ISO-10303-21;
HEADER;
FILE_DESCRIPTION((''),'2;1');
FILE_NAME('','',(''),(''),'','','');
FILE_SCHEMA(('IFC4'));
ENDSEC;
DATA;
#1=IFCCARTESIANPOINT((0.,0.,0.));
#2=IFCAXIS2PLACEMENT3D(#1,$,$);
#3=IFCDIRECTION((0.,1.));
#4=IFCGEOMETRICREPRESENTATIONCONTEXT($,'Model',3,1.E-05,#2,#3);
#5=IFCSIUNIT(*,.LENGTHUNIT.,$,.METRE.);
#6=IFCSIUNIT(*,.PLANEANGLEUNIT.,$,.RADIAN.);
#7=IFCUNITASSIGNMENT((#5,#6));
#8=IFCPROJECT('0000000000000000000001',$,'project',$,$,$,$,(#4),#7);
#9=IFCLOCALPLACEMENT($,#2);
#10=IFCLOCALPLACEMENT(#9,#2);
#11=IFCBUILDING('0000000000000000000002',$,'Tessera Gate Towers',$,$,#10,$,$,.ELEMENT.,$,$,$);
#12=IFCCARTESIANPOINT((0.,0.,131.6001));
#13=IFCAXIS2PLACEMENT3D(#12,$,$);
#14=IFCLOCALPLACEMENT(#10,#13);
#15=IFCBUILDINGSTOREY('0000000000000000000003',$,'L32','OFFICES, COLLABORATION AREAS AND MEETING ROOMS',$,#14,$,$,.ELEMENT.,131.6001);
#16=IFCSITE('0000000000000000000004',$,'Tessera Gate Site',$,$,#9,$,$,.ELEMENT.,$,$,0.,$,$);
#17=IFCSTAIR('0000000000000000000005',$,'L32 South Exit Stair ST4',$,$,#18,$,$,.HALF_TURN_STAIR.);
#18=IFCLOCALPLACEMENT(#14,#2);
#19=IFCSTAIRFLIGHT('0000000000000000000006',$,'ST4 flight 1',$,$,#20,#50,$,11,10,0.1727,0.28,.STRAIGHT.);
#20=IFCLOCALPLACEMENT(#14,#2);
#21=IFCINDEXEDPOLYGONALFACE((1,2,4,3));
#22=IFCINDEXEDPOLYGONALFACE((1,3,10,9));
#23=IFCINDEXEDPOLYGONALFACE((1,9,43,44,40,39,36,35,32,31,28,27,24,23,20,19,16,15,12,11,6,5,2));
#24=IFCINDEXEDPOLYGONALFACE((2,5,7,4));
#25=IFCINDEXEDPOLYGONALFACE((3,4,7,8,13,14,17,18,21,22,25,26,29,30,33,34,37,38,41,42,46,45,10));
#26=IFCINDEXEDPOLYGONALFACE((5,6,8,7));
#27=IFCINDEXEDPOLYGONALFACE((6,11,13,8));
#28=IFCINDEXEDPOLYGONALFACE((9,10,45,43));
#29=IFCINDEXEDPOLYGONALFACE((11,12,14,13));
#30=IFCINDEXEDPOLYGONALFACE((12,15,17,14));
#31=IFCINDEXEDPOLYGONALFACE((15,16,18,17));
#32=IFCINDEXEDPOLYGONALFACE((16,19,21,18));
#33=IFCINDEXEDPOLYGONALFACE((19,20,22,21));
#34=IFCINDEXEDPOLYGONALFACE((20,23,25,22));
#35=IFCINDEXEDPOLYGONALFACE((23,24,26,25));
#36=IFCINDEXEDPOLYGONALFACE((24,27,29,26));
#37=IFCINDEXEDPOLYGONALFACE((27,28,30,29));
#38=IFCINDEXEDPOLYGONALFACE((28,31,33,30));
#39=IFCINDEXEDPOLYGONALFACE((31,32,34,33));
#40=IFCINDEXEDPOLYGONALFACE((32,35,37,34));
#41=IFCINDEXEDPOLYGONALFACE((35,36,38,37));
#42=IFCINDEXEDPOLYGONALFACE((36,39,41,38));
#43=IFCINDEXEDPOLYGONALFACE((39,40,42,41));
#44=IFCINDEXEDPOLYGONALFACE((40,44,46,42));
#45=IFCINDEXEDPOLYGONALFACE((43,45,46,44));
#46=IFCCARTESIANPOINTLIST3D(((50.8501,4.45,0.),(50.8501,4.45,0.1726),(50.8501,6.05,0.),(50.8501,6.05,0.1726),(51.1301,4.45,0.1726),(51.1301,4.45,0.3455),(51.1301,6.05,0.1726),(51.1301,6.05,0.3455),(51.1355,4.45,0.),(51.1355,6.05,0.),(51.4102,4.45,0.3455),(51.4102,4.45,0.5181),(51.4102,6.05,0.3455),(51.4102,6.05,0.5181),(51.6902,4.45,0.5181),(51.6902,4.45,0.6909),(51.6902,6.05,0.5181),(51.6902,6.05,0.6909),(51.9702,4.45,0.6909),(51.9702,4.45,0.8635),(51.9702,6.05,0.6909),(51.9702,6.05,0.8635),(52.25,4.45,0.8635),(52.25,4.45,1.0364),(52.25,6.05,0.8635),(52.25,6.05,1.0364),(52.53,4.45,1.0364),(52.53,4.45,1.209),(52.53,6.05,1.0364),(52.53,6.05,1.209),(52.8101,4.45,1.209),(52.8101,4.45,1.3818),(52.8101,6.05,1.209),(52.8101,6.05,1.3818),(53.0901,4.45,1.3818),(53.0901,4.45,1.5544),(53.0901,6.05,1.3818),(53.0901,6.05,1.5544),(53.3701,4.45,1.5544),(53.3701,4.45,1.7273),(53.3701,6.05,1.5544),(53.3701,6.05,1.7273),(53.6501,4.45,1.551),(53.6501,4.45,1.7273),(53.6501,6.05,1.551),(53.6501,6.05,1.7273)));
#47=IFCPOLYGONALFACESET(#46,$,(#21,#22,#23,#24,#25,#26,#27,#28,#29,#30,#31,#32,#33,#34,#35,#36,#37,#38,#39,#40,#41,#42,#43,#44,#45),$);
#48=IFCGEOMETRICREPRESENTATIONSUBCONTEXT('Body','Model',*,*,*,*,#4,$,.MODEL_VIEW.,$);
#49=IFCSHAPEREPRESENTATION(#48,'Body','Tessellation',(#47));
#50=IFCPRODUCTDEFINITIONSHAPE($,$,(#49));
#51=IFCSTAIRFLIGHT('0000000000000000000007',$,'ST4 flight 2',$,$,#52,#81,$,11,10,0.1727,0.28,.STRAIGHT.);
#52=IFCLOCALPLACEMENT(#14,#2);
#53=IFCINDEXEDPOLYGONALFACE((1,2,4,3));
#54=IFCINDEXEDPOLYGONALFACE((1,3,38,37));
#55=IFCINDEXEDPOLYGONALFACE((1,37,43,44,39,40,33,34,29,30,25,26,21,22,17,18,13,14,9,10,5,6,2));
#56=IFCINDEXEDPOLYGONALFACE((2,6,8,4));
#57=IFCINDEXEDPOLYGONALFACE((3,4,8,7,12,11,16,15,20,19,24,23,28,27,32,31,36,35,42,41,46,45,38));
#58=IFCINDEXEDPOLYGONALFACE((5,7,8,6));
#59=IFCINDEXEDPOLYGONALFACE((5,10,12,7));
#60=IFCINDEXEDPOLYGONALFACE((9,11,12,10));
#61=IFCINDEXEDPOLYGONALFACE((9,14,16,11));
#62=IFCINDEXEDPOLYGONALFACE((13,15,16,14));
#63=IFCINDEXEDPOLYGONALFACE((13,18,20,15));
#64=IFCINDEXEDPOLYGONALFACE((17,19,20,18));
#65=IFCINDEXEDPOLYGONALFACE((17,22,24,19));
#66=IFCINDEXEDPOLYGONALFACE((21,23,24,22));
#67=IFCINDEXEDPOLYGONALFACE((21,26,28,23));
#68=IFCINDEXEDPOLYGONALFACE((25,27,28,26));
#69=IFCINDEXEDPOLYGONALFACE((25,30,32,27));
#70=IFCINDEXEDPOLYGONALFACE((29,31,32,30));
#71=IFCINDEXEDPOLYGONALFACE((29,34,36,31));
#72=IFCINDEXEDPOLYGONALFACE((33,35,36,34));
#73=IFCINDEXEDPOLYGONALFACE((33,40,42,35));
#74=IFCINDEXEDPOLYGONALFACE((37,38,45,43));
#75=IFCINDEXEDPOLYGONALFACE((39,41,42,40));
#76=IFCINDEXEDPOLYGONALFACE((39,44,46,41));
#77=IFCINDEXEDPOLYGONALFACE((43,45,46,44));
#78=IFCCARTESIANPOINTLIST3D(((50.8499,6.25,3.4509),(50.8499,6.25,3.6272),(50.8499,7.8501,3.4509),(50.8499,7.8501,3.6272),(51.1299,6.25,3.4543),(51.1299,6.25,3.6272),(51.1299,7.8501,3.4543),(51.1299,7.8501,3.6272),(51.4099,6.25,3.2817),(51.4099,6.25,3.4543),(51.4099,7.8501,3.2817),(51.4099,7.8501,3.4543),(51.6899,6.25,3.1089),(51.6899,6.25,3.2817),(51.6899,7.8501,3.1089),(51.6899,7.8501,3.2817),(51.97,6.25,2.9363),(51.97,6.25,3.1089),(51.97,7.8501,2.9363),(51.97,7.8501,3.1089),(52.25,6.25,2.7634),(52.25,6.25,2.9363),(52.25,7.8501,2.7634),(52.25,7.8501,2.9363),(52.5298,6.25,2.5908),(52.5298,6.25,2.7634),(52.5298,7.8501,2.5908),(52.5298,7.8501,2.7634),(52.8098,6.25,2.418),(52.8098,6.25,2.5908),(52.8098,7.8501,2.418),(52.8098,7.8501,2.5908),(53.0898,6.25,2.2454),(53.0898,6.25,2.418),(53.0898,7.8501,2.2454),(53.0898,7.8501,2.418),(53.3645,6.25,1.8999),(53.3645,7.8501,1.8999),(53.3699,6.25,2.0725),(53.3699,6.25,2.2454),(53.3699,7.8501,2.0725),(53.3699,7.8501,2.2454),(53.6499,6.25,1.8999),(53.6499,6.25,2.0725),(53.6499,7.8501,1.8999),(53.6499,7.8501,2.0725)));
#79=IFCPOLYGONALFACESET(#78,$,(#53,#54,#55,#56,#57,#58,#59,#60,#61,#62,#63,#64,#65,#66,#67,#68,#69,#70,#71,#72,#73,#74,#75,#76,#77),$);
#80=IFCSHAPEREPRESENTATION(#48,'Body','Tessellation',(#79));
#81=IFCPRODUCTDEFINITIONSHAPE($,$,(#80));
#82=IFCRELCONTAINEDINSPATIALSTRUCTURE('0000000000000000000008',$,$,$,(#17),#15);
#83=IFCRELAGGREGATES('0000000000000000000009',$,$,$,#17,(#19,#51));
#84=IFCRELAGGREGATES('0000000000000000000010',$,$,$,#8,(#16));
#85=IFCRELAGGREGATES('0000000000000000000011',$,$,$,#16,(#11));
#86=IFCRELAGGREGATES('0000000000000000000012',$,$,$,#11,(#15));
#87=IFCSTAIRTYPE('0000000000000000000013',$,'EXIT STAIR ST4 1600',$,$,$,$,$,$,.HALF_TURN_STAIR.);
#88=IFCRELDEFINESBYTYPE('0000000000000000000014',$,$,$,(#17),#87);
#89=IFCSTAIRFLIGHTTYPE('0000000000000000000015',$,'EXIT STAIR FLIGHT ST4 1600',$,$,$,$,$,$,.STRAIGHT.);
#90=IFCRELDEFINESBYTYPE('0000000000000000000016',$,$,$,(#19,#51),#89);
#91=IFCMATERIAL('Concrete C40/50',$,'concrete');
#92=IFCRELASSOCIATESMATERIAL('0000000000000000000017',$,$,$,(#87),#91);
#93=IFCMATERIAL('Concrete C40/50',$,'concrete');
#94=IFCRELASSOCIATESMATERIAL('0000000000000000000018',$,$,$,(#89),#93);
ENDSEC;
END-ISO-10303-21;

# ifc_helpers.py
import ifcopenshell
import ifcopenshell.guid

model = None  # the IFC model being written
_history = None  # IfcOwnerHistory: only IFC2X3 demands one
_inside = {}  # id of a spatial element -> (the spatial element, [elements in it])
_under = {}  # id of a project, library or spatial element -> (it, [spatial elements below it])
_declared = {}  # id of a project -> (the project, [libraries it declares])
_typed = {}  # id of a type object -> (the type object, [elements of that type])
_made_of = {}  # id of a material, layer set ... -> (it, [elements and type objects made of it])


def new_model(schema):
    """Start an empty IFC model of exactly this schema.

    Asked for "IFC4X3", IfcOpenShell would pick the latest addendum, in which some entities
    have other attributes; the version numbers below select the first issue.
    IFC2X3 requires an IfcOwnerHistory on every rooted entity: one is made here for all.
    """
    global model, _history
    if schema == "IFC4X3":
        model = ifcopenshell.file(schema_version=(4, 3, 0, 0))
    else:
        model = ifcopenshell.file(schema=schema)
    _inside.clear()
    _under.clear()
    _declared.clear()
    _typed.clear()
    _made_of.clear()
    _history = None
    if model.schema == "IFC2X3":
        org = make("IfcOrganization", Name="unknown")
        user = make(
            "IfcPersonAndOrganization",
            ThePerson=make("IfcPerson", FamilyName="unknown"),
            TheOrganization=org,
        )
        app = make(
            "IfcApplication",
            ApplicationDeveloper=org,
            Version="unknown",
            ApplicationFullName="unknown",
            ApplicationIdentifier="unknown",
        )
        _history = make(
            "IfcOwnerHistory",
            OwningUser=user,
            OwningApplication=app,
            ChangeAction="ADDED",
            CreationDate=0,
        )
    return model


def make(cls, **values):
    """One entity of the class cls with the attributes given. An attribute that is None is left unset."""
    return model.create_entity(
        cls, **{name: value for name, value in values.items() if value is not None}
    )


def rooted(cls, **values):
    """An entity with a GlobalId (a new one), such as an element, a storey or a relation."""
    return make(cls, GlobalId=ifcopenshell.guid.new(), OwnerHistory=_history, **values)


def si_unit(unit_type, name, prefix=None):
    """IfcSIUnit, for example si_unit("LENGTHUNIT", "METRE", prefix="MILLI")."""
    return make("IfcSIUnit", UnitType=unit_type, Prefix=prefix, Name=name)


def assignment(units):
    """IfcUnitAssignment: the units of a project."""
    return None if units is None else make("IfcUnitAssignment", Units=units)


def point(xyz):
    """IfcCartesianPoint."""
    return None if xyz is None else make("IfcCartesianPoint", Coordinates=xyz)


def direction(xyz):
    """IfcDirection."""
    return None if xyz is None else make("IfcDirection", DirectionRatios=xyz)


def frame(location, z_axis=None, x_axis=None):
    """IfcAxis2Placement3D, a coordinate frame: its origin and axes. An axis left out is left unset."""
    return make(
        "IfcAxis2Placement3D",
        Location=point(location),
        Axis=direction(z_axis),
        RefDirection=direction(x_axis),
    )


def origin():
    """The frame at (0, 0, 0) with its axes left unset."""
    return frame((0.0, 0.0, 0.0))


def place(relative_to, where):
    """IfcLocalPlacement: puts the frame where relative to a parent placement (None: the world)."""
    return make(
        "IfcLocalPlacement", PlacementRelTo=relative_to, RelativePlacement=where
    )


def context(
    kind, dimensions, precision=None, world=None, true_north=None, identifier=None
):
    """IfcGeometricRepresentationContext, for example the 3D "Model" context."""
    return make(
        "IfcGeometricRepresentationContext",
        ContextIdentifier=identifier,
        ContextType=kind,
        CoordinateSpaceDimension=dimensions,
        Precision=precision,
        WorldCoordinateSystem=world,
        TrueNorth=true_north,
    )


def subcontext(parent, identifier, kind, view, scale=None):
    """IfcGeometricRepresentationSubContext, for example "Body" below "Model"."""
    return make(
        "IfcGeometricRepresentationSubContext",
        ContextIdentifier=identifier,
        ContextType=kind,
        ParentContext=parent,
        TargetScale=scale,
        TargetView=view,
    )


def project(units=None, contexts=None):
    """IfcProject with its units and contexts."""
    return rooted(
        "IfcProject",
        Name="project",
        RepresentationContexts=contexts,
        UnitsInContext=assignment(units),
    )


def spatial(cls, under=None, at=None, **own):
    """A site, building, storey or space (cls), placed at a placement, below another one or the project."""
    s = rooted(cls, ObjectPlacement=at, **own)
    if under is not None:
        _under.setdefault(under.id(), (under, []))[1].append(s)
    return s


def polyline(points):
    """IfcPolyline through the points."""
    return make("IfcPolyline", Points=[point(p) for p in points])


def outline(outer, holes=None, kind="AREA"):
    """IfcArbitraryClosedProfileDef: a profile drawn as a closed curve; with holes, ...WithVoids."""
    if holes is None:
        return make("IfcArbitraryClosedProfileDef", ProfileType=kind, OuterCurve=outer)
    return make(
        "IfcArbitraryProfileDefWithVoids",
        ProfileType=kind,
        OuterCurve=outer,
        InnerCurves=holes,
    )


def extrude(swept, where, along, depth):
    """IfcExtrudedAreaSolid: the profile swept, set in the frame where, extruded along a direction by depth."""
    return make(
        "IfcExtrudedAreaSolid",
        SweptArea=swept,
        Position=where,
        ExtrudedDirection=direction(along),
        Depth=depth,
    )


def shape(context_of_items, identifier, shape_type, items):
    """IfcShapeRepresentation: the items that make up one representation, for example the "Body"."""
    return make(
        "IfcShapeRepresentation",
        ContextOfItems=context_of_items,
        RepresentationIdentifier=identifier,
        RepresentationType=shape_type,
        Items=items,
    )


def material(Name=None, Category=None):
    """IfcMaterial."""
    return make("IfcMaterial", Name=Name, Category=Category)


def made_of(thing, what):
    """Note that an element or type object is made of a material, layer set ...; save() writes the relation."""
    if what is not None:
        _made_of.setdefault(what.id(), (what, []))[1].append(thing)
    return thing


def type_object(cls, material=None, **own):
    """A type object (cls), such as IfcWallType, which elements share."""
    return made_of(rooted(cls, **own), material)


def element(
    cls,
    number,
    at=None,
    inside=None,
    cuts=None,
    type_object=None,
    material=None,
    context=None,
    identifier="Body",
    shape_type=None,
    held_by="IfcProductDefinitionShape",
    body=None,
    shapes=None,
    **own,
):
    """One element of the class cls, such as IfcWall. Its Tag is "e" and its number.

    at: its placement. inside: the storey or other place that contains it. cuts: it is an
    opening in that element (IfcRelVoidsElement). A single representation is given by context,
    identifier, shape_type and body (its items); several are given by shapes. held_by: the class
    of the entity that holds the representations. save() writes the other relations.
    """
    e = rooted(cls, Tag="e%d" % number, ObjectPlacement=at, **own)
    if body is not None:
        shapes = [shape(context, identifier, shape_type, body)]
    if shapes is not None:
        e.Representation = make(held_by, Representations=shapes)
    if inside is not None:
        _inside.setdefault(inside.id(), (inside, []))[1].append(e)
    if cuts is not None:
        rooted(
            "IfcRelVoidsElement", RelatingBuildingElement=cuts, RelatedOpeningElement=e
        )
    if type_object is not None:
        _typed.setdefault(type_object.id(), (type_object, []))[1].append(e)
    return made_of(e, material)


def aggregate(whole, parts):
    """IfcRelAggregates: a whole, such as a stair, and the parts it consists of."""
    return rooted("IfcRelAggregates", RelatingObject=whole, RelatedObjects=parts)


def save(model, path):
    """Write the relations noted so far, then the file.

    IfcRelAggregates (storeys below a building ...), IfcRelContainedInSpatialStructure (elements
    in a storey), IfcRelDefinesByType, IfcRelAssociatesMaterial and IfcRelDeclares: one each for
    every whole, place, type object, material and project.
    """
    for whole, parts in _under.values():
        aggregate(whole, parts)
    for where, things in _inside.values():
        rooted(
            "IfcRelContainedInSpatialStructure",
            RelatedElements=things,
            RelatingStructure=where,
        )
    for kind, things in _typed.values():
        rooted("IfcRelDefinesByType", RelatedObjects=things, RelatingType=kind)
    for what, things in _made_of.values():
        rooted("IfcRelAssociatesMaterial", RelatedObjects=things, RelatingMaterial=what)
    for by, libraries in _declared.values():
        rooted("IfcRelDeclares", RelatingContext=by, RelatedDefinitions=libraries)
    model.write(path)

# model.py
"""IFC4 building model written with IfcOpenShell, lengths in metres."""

from ifc_helpers import new_model, si_unit, direction, frame, origin, place, context, subcontext, project, spatial, polyline, outline, extrude, material, type_object, element, aggregate, save


model = new_model("IFC4")

# Units and contexts
model_context = context("Model", 3, precision=1e-05, world=origin(), true_north=direction((0.0, 1.0)))
body_context = subcontext(model_context, "Body", "Model", "MODEL_VIEW")
ifc_project = project(units=[si_unit("LENGTHUNIT", "METRE"), si_unit("PLANEANGLEUNIT", "RADIAN")], contexts=[model_context])

# Site, building, storey
site_placement = place(None, origin())
site = spatial("IfcSite", under=ifc_project, at=site_placement, Name="Tessera Gate Site", CompositionType="ELEMENT", RefElevation=0.0)
building_placement = place(site_placement, origin())
building = spatial("IfcBuilding", under=site, at=building_placement, Name="Tessera Gate Towers", CompositionType="ELEMENT")
storey_placement = place(building_placement, frame((0.0, 0.0, 131.6001)))
storey = spatial("IfcBuildingStorey", under=building, at=storey_placement, Name="L32", Description="OFFICES, COLLABORATION AREAS AND MEETING ROOMS", CompositionType="ELEMENT", Elevation=131.6001)

# Stair, stair flights
ifc_material_1 = material(Name="Concrete C40/50", Category="concrete")
stair_type = type_object("IfcStairType", Name="EXIT STAIR ST4 1600", PredefinedType="HALF_TURN_STAIR", material=ifc_material_1)
stair_placement = place(storey_placement, origin())
stair = element("IfcStair", 1, at=stair_placement, inside=storey, type_object=stair_type, Name="L32 South Exit Stair ST4", PredefinedType="HALF_TURN_STAIR")
ifc_material_2 = material(Name="Concrete C40/50", Category="concrete")
stair_flight_type = type_object("IfcStairFlightType", Name="EXIT STAIR FLIGHT ST4 1600", PredefinedType="STRAIGHT", material=ifc_material_2)
stair_flight_1_placement = place(storey_placement, frame((50.8501, 5.25, 0.0), z_axis=(0.0, 0.0, 1.0), x_axis=(1.0, 0.0, 0.0)))
stair_flight_1 = element("IfcStairFlight", 2, at=stair_flight_1_placement, type_object=stair_flight_type, Name="ST4 flight 1", NumberOfRisers=11, NumberOfTreads=10, PredefinedType="STRAIGHT", RiserHeight=0.1727, TreadLength=0.28, context=body_context, shape_type="SweptSolid", body=[
    extrude(outline(polyline([(0.0, 0.0), (0.0, 0.1726), (0.28, 0.1726), (0.28, 0.3455), (0.5601, 0.3455), (0.5601, 0.5181), (0.8401, 0.5181), (0.8401, 0.6909), (1.1201, 0.6909), (1.1201, 0.8635), (1.3999, 0.8635), (1.3999, 1.0364), (1.6799, 1.0364), (1.6799, 1.209), (1.96, 1.209), (1.96, 1.3818), (2.24, 1.3818), (2.24, 1.5544), (2.52, 1.5544), (2.52, 1.7273), (2.8, 1.7273), (2.8, 1.8999), (2.8, 1.551), (0.2854, 0.0), (0.0, 0.0)])), frame((0.0, 0.8, 0.0), z_axis=(0.0, -1.0, 0.0), x_axis=(1.0, 0.0, 0.0)), (0.0, 0.0, 1.0), 1.6001),
])
stair_flight_2_placement = place(storey_placement, frame((53.6499, 7.05, 1.8999), z_axis=(0.0, 0.0, 1.0), x_axis=(-1.0, 0.0, 0.0)))
stair_flight_2 = element("IfcStairFlight", 3, at=stair_flight_2_placement, type_object=stair_flight_type, Name="ST4 flight 2", NumberOfRisers=11, NumberOfTreads=10, PredefinedType="STRAIGHT", RiserHeight=0.1727, TreadLength=0.28, context=body_context, shape_type="SweptSolid", body=[
    extrude(outline(polyline([(0.0, 0.0), (0.0, 0.1726), (0.28, 0.1726), (0.28, 0.3455), (0.5601, 0.3455), (0.5601, 0.5181), (0.8401, 0.5181), (0.8401, 0.6909), (1.1201, 0.6909), (1.1201, 0.8635), (1.3999, 0.8635), (1.3999, 1.0364), (1.6799, 1.0364), (1.6799, 1.209), (1.96, 1.209), (1.96, 1.3818), (2.24, 1.3818), (2.24, 1.5544), (2.52, 1.5544), (2.52, 1.7273), (2.8, 1.7273), (2.8, 1.8999), (2.8, 1.551), (0.2854, 0.0), (0.0, 0.0)])), frame((0.0, 0.8, 0.0), z_axis=(0.0, -1.0, 0.0), x_axis=(1.0, 0.0, 0.0)), (0.0, 0.0, 1.0), 1.6001),
])
aggregate(stair, [stair_flight_1, stair_flight_2])

save(model, "model.ifc")
